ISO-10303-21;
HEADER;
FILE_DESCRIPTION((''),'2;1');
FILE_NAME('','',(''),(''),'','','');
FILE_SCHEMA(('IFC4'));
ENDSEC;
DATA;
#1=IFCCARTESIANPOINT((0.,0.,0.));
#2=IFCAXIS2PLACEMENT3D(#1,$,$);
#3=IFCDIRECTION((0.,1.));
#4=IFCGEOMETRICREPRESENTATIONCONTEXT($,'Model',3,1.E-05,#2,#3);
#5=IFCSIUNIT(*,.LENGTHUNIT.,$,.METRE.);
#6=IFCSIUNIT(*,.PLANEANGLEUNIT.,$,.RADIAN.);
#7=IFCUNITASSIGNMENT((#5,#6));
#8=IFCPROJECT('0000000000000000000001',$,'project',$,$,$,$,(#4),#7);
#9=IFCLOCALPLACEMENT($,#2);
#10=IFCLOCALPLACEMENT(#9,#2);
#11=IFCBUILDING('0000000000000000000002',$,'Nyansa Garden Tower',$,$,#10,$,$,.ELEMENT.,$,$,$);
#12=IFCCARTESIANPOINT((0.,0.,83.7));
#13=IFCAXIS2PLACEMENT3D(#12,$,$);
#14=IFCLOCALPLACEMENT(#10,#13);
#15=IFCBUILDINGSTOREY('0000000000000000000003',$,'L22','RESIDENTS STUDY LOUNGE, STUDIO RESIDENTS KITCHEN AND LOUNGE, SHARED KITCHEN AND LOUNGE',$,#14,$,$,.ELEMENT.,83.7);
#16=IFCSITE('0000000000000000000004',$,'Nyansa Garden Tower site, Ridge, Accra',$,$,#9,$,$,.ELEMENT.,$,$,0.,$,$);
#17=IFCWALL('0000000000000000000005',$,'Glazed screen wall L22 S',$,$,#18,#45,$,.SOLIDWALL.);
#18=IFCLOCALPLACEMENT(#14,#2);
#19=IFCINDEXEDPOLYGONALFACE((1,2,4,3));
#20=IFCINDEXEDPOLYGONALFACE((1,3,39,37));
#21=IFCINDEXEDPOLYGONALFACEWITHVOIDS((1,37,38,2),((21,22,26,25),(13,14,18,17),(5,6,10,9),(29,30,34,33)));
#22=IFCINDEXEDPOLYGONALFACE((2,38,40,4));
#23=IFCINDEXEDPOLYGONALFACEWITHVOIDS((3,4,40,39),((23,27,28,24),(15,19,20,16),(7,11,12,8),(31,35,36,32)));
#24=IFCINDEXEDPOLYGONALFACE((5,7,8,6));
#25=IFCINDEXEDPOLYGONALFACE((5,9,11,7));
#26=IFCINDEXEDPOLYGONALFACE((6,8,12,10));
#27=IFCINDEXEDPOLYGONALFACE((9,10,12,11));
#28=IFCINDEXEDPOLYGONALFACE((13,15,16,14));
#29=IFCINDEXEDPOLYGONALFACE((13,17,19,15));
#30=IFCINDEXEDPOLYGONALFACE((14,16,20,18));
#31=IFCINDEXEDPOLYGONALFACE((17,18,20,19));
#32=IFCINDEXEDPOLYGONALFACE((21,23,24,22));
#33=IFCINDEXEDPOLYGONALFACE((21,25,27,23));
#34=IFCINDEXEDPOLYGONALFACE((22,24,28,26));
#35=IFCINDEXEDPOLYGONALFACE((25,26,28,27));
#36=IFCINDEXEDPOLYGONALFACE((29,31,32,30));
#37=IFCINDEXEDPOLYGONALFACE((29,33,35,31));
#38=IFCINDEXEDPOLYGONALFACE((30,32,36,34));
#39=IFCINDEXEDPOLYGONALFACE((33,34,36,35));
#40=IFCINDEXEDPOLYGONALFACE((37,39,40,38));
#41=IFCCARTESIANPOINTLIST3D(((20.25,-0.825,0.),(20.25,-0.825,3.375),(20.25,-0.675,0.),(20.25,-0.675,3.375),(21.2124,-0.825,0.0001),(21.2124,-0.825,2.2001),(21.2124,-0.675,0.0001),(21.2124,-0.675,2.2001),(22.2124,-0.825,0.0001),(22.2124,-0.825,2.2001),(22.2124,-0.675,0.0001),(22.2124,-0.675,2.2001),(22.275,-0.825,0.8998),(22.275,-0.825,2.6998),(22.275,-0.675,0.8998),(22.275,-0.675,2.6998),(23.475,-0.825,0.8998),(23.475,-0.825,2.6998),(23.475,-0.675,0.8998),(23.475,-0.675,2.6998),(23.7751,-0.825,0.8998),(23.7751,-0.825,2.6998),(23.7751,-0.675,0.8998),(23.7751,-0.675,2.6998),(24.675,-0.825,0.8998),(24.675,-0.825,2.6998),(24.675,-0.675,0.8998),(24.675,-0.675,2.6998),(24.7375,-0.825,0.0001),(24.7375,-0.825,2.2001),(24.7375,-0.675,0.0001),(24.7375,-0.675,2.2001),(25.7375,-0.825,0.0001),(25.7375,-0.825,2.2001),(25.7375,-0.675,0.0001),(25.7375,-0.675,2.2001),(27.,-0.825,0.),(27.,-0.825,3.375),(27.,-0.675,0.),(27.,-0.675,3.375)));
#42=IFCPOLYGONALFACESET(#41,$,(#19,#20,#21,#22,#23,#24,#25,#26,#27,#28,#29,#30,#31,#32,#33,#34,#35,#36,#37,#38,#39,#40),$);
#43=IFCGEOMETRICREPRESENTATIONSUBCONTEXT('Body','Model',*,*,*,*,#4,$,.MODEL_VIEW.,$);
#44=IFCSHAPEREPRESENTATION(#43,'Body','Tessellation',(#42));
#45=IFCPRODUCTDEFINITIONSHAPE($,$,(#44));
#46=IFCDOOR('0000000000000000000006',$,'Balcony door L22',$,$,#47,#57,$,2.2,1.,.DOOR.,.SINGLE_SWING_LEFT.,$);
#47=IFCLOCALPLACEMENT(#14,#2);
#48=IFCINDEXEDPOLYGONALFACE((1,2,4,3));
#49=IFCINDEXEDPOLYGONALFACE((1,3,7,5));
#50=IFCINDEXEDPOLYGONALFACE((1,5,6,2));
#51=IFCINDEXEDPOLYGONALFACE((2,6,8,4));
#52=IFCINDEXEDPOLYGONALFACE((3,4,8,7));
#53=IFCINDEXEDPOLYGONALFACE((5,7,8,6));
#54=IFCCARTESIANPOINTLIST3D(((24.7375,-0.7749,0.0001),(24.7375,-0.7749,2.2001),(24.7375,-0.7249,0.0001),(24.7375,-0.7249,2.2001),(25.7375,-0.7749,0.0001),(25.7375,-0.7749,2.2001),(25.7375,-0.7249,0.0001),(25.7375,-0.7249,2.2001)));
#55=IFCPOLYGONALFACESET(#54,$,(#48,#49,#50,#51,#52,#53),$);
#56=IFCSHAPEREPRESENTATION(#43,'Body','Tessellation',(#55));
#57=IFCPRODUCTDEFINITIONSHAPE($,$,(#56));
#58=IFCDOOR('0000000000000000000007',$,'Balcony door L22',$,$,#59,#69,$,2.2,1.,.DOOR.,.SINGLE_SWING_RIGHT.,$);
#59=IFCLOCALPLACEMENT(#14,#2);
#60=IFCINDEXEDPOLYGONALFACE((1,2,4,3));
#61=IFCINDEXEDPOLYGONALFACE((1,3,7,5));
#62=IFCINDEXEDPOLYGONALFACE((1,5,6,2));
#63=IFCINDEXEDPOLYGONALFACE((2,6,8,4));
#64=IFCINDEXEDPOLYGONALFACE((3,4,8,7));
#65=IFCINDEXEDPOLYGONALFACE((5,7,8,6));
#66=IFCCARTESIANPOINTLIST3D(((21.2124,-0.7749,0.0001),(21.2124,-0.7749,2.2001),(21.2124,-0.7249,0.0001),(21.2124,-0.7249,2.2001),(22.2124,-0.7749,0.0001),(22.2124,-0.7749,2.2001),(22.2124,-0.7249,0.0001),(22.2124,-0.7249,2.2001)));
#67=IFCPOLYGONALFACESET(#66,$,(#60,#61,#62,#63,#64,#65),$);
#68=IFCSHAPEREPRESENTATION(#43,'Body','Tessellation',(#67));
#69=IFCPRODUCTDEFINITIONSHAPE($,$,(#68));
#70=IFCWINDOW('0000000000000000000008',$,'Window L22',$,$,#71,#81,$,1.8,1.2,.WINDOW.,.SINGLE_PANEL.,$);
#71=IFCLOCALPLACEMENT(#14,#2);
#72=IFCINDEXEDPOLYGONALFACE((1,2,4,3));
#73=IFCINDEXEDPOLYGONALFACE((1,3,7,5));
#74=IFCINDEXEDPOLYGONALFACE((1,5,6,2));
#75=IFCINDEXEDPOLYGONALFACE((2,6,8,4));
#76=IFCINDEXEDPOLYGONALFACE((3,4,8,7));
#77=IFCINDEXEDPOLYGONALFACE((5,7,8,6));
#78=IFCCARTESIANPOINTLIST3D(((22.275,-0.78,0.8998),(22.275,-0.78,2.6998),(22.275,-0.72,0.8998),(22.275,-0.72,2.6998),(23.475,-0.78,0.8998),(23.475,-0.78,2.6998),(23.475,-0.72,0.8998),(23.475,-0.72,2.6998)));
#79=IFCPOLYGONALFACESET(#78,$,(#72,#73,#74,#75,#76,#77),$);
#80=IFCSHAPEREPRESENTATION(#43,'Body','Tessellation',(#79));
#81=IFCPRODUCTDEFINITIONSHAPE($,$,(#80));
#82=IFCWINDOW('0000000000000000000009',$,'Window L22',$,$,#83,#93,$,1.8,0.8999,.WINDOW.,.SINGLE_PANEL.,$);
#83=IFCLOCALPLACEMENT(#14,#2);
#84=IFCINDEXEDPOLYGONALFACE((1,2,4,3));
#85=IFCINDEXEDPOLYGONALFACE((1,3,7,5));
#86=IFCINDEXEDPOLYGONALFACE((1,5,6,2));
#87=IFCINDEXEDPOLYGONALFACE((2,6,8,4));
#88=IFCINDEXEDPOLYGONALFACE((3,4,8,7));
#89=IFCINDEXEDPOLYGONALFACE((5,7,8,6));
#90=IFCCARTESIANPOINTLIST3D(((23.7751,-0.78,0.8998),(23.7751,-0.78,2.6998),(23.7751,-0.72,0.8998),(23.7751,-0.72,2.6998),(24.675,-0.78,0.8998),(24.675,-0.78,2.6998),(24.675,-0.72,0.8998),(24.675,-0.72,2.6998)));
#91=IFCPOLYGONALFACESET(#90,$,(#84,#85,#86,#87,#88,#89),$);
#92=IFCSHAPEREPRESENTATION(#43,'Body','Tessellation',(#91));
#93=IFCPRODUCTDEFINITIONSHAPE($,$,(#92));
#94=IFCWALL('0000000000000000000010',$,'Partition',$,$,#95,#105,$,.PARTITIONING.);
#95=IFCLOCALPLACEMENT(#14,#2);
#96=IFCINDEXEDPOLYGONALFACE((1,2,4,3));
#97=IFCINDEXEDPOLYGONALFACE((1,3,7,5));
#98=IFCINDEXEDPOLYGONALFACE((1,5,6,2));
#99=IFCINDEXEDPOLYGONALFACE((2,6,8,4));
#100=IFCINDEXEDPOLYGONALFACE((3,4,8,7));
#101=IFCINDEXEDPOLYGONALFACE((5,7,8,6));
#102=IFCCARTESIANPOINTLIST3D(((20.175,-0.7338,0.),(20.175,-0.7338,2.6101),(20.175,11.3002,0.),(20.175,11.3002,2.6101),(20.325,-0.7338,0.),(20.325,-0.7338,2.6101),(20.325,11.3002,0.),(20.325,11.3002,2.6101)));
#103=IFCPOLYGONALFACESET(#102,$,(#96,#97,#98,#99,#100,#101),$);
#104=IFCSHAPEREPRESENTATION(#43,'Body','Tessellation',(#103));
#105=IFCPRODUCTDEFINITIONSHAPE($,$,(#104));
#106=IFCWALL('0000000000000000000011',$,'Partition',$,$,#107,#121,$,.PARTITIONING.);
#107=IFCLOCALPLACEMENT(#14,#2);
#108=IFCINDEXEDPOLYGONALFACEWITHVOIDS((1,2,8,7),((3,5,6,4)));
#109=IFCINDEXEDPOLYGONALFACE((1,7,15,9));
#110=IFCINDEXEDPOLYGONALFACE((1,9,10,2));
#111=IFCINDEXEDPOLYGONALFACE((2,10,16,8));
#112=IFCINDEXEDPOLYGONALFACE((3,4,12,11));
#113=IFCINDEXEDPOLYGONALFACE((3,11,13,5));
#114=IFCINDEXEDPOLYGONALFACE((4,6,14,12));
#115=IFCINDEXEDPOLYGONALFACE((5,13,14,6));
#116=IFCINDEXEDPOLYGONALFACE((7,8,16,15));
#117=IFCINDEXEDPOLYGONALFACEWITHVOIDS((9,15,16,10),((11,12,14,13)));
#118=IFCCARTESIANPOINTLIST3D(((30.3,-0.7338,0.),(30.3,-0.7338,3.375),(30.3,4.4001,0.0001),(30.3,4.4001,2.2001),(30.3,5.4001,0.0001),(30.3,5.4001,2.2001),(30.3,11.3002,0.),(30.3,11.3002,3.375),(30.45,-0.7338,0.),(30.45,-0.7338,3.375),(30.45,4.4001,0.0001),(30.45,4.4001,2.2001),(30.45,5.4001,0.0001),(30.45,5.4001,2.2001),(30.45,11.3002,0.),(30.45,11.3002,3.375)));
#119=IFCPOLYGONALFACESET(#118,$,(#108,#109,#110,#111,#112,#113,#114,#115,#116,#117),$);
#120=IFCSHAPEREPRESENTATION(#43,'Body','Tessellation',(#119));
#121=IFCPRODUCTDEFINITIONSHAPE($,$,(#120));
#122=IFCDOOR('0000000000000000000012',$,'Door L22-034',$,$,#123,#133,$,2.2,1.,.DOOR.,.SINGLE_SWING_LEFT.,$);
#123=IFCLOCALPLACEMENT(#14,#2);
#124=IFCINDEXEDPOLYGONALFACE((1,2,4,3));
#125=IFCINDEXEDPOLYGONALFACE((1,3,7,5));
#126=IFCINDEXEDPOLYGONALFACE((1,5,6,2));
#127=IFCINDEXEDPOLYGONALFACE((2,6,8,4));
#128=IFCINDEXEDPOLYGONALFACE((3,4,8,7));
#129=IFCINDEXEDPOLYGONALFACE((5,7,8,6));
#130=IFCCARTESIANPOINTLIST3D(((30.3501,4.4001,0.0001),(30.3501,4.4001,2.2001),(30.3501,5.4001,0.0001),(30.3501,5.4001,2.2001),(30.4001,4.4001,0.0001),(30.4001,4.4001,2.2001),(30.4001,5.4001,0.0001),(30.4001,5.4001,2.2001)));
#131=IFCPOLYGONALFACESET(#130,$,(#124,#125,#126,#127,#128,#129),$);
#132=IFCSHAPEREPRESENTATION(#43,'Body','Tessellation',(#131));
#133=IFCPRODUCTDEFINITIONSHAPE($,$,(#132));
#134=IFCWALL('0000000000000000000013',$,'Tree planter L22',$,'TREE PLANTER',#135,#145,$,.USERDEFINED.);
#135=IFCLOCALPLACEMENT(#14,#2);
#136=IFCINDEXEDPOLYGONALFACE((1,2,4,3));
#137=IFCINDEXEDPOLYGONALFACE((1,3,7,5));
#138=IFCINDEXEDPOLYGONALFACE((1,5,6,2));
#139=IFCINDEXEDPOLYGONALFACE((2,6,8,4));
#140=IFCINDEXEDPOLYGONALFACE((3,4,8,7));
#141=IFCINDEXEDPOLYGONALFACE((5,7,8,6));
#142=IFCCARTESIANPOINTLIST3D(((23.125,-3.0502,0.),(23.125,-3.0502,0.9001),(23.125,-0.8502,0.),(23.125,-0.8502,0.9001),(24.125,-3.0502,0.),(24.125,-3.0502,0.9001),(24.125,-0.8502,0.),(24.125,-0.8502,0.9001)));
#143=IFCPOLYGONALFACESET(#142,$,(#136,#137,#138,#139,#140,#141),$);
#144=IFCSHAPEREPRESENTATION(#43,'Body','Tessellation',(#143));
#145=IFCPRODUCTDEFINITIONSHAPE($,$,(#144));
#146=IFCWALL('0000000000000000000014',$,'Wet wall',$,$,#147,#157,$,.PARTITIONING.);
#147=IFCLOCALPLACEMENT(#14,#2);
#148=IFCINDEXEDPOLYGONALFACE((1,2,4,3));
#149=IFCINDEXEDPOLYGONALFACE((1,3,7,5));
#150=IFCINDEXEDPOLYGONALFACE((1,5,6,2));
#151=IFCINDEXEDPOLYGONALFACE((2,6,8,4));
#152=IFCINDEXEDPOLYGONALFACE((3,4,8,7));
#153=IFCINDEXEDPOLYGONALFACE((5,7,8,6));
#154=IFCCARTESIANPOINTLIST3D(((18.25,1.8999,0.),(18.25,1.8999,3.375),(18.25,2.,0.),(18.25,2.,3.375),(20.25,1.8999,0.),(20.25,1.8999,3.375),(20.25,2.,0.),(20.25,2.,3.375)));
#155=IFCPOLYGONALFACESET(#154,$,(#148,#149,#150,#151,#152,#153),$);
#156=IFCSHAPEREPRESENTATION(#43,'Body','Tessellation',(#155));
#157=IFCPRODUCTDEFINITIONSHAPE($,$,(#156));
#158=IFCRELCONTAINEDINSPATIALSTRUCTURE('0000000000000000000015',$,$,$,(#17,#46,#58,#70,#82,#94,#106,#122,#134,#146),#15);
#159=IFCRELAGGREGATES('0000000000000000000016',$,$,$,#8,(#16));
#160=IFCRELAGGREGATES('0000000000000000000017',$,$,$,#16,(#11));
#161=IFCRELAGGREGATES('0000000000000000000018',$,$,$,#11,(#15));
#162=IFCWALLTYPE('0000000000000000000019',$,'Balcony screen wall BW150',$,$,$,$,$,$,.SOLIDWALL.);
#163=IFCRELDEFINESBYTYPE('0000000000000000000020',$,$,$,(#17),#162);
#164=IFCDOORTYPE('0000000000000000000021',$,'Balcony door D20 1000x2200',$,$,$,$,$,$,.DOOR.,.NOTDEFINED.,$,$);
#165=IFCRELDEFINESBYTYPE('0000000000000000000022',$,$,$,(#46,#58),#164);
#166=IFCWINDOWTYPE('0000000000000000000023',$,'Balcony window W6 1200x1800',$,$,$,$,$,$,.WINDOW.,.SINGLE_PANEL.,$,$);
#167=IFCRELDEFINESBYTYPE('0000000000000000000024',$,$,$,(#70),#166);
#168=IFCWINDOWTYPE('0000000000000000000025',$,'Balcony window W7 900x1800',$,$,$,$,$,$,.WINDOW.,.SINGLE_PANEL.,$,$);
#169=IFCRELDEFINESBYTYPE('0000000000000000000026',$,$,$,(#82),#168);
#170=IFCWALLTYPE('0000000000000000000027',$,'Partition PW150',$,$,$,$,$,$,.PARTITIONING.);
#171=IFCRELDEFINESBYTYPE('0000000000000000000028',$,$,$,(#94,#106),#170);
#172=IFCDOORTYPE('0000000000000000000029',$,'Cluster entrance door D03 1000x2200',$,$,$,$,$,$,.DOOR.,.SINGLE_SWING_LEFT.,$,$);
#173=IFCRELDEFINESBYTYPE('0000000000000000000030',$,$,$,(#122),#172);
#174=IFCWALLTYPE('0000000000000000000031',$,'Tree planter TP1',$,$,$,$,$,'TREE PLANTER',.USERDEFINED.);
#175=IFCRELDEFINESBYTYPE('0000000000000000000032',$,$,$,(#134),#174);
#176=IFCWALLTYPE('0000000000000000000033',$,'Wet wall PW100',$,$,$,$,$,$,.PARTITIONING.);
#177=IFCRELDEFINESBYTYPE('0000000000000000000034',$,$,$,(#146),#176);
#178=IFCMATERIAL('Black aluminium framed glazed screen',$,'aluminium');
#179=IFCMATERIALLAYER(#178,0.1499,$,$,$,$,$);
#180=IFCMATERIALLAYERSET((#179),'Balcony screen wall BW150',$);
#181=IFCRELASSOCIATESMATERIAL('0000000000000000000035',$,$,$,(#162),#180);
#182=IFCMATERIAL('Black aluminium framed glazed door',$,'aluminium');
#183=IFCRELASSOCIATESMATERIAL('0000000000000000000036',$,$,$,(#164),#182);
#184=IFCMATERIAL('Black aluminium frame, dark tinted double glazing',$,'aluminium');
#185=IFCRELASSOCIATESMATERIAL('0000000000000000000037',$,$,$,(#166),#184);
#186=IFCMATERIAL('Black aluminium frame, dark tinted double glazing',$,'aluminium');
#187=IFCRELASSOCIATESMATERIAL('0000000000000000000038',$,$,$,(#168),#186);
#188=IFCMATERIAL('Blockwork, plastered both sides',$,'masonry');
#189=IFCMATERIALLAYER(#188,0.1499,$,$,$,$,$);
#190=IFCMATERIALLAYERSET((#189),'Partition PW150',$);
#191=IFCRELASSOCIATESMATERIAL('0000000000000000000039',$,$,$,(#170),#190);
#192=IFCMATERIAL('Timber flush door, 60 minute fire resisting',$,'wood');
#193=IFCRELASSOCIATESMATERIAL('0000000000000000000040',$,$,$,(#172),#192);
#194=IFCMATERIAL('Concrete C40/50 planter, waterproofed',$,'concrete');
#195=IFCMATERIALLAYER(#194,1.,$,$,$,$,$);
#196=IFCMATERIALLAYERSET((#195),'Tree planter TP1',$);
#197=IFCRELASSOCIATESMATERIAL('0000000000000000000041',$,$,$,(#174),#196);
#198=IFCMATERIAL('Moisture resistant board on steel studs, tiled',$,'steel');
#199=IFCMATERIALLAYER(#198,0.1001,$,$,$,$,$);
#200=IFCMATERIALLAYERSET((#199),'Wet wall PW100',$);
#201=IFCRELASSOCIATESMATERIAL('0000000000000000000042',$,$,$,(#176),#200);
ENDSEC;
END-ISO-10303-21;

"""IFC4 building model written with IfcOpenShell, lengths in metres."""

from ifc_helpers import new_model, si_unit, direction, frame, frame_2d, origin, place, context, subcontext, project, spatial, rectangle, extrude, material, layer, layer_set, type_object, element, fill, save


model = new_model("IFC4")

# Units and contexts
model_context = context("Model", 3, precision=1e-05, world=origin(), true_north=direction((0.0, 1.0)))
body_context = subcontext(model_context, "Body", "Model", "MODEL_VIEW")
ifc_project = project(units=[si_unit("LENGTHUNIT", "METRE"), si_unit("PLANEANGLEUNIT", "RADIAN")], contexts=[model_context])

# Site, building, storey
site_placement = place(None, origin())
site = spatial("IfcSite", under=ifc_project, at=site_placement, Name="Nyansa Garden Tower site, Ridge, Accra", CompositionType="ELEMENT", RefElevation=0.0)
building_placement = place(site_placement, origin())
building = spatial("IfcBuilding", under=site, at=building_placement, Name="Nyansa Garden Tower", CompositionType="ELEMENT")
storey_placement = place(building_placement, frame((0.0, 0.0, 83.7)))
storey = spatial("IfcBuildingStorey", under=building, at=storey_placement, Name="L22", Description="RESIDENTS STUDY LOUNGE, STUDIO RESIDENTS KITCHEN AND LOUNGE, SHARED KITCHEN AND LOUNGE", CompositionType="ELEMENT", Elevation=83.7)

# Wall, openings, doors, windows
ifc_material_1 = material(Name="Black aluminium framed glazed screen", Category="aluminium")
ifc_layer_1 = layer(ifc_material_1, 0.1499)
ifc_layer_set_1 = layer_set([ifc_layer_1], Name="Balcony screen wall BW150")
wall_type_1 = type_object("IfcWallType", Name="Balcony screen wall BW150", PredefinedType="SOLIDWALL", material=ifc_layer_set_1)
wall_1_placement = place(storey_placement, frame((27.0, -0.75, 0.0), z_axis=(0.0, 0.0, 1.0), x_axis=(-1.0, 0.0, 0.0)))
wall_1 = element("IfcWall", 1, at=wall_1_placement, inside=storey, type_object=wall_type_1, Name="Glazed screen wall L22 S", PredefinedType="SOLIDWALL", context=body_context, shape_type="SweptSolid", body=[
    extrude(rectangle(XDim=6.75, YDim=0.1499, at=frame_2d((3.375, 0.0))), origin(), (0.0, 0.0, 1.0), 3.375),
])
opening_1_placement = place(wall_1_placement, frame((1.2625, 0.0, 0.0)))
opening_1 = element("IfcOpeningElement", 2, at=opening_1_placement, cuts=wall_1, PredefinedType="OPENING", context=body_context, shape_type="SweptSolid", body=[
    extrude(rectangle(XDim=1.0, YDim=2.2, at=frame_2d((0.5, 1.1001))), frame((0.0, 0.085, 0.0), z_axis=(0.0, -1.0, 0.0), x_axis=(1.0, 0.0, 0.0)), (0.0, 0.0, 1.0), 0.1699),
])
opening_2_placement = place(wall_1_placement, frame((2.325, 0.0, 0.8999)))
opening_2 = element("IfcOpeningElement", 3, at=opening_2_placement, cuts=wall_1, PredefinedType="OPENING", context=body_context, shape_type="SweptSolid", body=[
    extrude(rectangle(XDim=0.8999, YDim=1.8, at=frame_2d((0.45, 0.8999))), frame((0.0, 0.085, 0.0), z_axis=(0.0, -1.0, 0.0), x_axis=(1.0, 0.0, 0.0)), (0.0, 0.0, 1.0), 0.1699),
])
opening_3_placement = place(wall_1_placement, frame((4.7876, 0.0, 0.0)))
opening_3 = element("IfcOpeningElement", 4, at=opening_3_placement, cuts=wall_1, PredefinedType="OPENING", context=body_context, shape_type="SweptSolid", body=[
    extrude(rectangle(XDim=1.0, YDim=2.2, at=frame_2d((0.5, 1.1001))), frame((0.0, 0.085, 0.0), z_axis=(0.0, -1.0, 0.0), x_axis=(1.0, 0.0, 0.0)), (0.0, 0.0, 1.0), 0.1699),
])
opening_4_placement = place(wall_1_placement, frame((3.5249, 0.0, 0.8999)))
opening_4 = element("IfcOpeningElement", 5, at=opening_4_placement, cuts=wall_1, PredefinedType="OPENING", context=body_context, shape_type="SweptSolid", body=[
    extrude(rectangle(XDim=1.2, YDim=1.8, at=frame_2d((0.6001, 0.8999))), frame((0.0, 0.085, 0.0), z_axis=(0.0, -1.0, 0.0), x_axis=(1.0, 0.0, 0.0)), (0.0, 0.0, 1.0), 0.1699),
])
ifc_material_2 = material(Name="Black aluminium framed glazed door", Category="aluminium")
door_type_1 = type_object("IfcDoorType", Name="Balcony door D20 1000x2200", OperationType="NOTDEFINED", PredefinedType="DOOR", material=ifc_material_2)
door_1_placement = place(opening_1_placement, origin())
door_1 = element("IfcDoor", 6, at=door_1_placement, inside=storey, type_object=door_type_1, Name="Balcony door L22", OperationType="SINGLE_SWING_LEFT", OverallHeight=2.2, OverallWidth=1.0, PredefinedType="DOOR", context=body_context, shape_type="SweptSolid", body=[
    extrude(rectangle(XDim=1.0, YDim=2.2, at=frame_2d((0.5, 1.1001))), frame((0.0, 0.0249, 0.0), z_axis=(0.0, -1.0, 0.0), x_axis=(1.0, 0.0, 0.0)), (0.0, 0.0, 1.0), 0.05),
])
fill(opening_1, door_1)
door_2_placement = place(opening_3_placement, origin())
door_2 = element("IfcDoor", 7, at=door_2_placement, inside=storey, type_object=door_type_1, Name="Balcony door L22", OperationType="SINGLE_SWING_RIGHT", OverallHeight=2.2, OverallWidth=1.0, PredefinedType="DOOR", context=body_context, shape_type="SweptSolid", body=[
    extrude(rectangle(XDim=1.0, YDim=2.2, at=frame_2d((0.5, 1.1001))), frame((0.0, 0.0249, 0.0), z_axis=(0.0, -1.0, 0.0), x_axis=(1.0, 0.0, 0.0)), (0.0, 0.0, 1.0), 0.05),
])
fill(opening_3, door_2)
ifc_material_3 = material(Name="Black aluminium frame, dark tinted double glazing", Category="aluminium")
window_type_1 = type_object("IfcWindowType", Name="Balcony window W6 1200x1800", PartitioningType="SINGLE_PANEL", PredefinedType="WINDOW", material=ifc_material_3)
window_1_placement = place(opening_4_placement, origin())
window_1 = element("IfcWindow", 8, at=window_1_placement, inside=storey, type_object=window_type_1, Name="Window L22", OverallHeight=1.8, OverallWidth=1.2, PartitioningType="SINGLE_PANEL", PredefinedType="WINDOW", context=body_context, shape_type="SweptSolid", body=[
    extrude(rectangle(XDim=1.2, YDim=1.8, at=frame_2d((0.6001, 0.8999))), frame((0.0, 0.03, 0.0), z_axis=(0.0, -1.0, 0.0), x_axis=(1.0, 0.0, 0.0)), (0.0, 0.0, 1.0), 0.0601),
])
fill(opening_4, window_1)
ifc_material_4 = material(Name="Black aluminium frame, dark tinted double glazing", Category="aluminium")
window_type_2 = type_object("IfcWindowType", Name="Balcony window W7 900x1800", PartitioningType="SINGLE_PANEL", PredefinedType="WINDOW", material=ifc_material_4)
window_2_placement = place(opening_2_placement, origin())
window_2 = element("IfcWindow", 9, at=window_2_placement, inside=storey, type_object=window_type_2, Name="Window L22", OverallHeight=1.8, OverallWidth=0.8999, PartitioningType="SINGLE_PANEL", PredefinedType="WINDOW", context=body_context, shape_type="SweptSolid", body=[
    extrude(rectangle(XDim=0.8999, YDim=1.8, at=frame_2d((0.45, 0.8999))), frame((0.0, 0.03, 0.0), z_axis=(0.0, -1.0, 0.0), x_axis=(1.0, 0.0, 0.0)), (0.0, 0.0, 1.0), 0.0601),
])
fill(opening_2, window_2)

# Wall
ifc_material_5 = material(Name="Blockwork, plastered both sides", Category="masonry")
ifc_layer_2 = layer(ifc_material_5, 0.1499)
ifc_layer_set_2 = layer_set([ifc_layer_2], Name="Partition PW150")
wall_type_2 = type_object("IfcWallType", Name="Partition PW150", PredefinedType="PARTITIONING", material=ifc_layer_set_2)
wall_2_placement = place(storey_placement, frame((20.25, -0.7339, 0.0), z_axis=(0.0, 0.0, 1.0), x_axis=(0.0, 1.0, 0.0)))
element("IfcWall", 10, at=wall_2_placement, inside=storey, type_object=wall_type_2, Name="Partition", PredefinedType="PARTITIONING", context=body_context, shape_type="SweptSolid", body=[
    extrude(rectangle(XDim=12.0339, YDim=0.1499, at=frame_2d((6.0171, 0.0))), origin(), (0.0, 0.0, 1.0), 2.6101),
])

# Wall, opening, door
wall_3_placement = place(storey_placement, frame((30.375, -0.7339, 0.0), z_axis=(0.0, 0.0, 1.0), x_axis=(0.0, 1.0, 0.0)))
wall_3 = element("IfcWall", 11, at=wall_3_placement, inside=storey, type_object=wall_type_2, Name="Partition", PredefinedType="PARTITIONING", context=body_context, shape_type="SweptSolid", body=[
    extrude(rectangle(XDim=12.0339, YDim=0.1499, at=frame_2d((6.0171, 0.0))), origin(), (0.0, 0.0, 1.0), 3.375),
])
opening_5_placement = place(wall_3_placement, frame((5.134, 0.0, 0.0)))
opening_5 = element("IfcOpeningElement", 12, at=opening_5_placement, cuts=wall_3, PredefinedType="OPENING", context=body_context, shape_type="SweptSolid", body=[
    extrude(rectangle(XDim=1.0, YDim=2.2, at=frame_2d((0.5, 1.1001))), frame((0.0, 0.085, 0.0), z_axis=(0.0, -1.0, 0.0), x_axis=(1.0, 0.0, 0.0)), (0.0, 0.0, 1.0), 0.1699),
])
ifc_material_6 = material(Name="Timber flush door, 60 minute fire resisting", Category="wood")
door_type_2 = type_object("IfcDoorType", Name="Cluster entrance door D03 1000x2200", OperationType="SINGLE_SWING_LEFT", PredefinedType="DOOR", material=ifc_material_6)
door_3_placement = place(opening_5_placement, origin())
door_3 = element("IfcDoor", 13, at=door_3_placement, inside=storey, type_object=door_type_2, Name="Door L22-034", OperationType="SINGLE_SWING_LEFT", OverallHeight=2.2, OverallWidth=1.0, PredefinedType="DOOR", context=body_context, shape_type="SweptSolid", body=[
    extrude(rectangle(XDim=1.0, YDim=2.2, at=frame_2d((0.5, 1.1001))), frame((0.0, 0.0249, 0.0), z_axis=(0.0, -1.0, 0.0), x_axis=(1.0, 0.0, 0.0)), (0.0, 0.0, 1.0), 0.05),
])
fill(opening_5, door_3)

# Walls
ifc_material_7 = material(Name="Concrete C40/50 planter, waterproofed", Category="concrete")
ifc_layer_3 = layer(ifc_material_7, 1.0)
ifc_layer_set_3 = layer_set([ifc_layer_3], Name="Tree planter TP1")
wall_type_3 = type_object("IfcWallType", Name="Tree planter TP1", ElementType="TREE PLANTER", PredefinedType="USERDEFINED", material=ifc_layer_set_3)
wall_4_placement = place(storey_placement, frame((23.625, -0.8501, 0.0), z_axis=(0.0, 0.0, 1.0), x_axis=(0.0, -1.0, 0.0)))
element("IfcWall", 14, at=wall_4_placement, inside=storey, type_object=wall_type_3, Name="Tree planter L22", ObjectType="TREE PLANTER", PredefinedType="USERDEFINED", context=body_context, shape_type="SweptSolid", body=[
    extrude(rectangle(XDim=2.2, YDim=1.0, at=frame_2d((1.1001, 0.0))), origin(), (0.0, 0.0, 1.0), 0.9001),
])
ifc_material_8 = material(Name="Moisture resistant board on steel studs, tiled", Category="steel")
ifc_layer_4 = layer(ifc_material_8, 0.1001)
ifc_layer_set_4 = layer_set([ifc_layer_4], Name="Wet wall PW100")
wall_type_4 = type_object("IfcWallType", Name="Wet wall PW100", PredefinedType="PARTITIONING", material=ifc_layer_set_4)
wall_5_placement = place(storey_placement, frame((18.25, 1.95, 0.0), z_axis=(0.0, 0.0, 1.0), x_axis=(1.0, 0.0, 0.0)))
element("IfcWall", 15, at=wall_5_placement, inside=storey, type_object=wall_type_4, Name="Wet wall", PredefinedType="PARTITIONING", context=body_context, shape_type="SweptSolid", body=[
    extrude(rectangle(XDim=2.0, YDim=0.1001, at=frame_2d((1.0, 0.0))), origin(), (0.0, 0.0, 1.0), 3.375),
])

save(model, "model.ifc")
